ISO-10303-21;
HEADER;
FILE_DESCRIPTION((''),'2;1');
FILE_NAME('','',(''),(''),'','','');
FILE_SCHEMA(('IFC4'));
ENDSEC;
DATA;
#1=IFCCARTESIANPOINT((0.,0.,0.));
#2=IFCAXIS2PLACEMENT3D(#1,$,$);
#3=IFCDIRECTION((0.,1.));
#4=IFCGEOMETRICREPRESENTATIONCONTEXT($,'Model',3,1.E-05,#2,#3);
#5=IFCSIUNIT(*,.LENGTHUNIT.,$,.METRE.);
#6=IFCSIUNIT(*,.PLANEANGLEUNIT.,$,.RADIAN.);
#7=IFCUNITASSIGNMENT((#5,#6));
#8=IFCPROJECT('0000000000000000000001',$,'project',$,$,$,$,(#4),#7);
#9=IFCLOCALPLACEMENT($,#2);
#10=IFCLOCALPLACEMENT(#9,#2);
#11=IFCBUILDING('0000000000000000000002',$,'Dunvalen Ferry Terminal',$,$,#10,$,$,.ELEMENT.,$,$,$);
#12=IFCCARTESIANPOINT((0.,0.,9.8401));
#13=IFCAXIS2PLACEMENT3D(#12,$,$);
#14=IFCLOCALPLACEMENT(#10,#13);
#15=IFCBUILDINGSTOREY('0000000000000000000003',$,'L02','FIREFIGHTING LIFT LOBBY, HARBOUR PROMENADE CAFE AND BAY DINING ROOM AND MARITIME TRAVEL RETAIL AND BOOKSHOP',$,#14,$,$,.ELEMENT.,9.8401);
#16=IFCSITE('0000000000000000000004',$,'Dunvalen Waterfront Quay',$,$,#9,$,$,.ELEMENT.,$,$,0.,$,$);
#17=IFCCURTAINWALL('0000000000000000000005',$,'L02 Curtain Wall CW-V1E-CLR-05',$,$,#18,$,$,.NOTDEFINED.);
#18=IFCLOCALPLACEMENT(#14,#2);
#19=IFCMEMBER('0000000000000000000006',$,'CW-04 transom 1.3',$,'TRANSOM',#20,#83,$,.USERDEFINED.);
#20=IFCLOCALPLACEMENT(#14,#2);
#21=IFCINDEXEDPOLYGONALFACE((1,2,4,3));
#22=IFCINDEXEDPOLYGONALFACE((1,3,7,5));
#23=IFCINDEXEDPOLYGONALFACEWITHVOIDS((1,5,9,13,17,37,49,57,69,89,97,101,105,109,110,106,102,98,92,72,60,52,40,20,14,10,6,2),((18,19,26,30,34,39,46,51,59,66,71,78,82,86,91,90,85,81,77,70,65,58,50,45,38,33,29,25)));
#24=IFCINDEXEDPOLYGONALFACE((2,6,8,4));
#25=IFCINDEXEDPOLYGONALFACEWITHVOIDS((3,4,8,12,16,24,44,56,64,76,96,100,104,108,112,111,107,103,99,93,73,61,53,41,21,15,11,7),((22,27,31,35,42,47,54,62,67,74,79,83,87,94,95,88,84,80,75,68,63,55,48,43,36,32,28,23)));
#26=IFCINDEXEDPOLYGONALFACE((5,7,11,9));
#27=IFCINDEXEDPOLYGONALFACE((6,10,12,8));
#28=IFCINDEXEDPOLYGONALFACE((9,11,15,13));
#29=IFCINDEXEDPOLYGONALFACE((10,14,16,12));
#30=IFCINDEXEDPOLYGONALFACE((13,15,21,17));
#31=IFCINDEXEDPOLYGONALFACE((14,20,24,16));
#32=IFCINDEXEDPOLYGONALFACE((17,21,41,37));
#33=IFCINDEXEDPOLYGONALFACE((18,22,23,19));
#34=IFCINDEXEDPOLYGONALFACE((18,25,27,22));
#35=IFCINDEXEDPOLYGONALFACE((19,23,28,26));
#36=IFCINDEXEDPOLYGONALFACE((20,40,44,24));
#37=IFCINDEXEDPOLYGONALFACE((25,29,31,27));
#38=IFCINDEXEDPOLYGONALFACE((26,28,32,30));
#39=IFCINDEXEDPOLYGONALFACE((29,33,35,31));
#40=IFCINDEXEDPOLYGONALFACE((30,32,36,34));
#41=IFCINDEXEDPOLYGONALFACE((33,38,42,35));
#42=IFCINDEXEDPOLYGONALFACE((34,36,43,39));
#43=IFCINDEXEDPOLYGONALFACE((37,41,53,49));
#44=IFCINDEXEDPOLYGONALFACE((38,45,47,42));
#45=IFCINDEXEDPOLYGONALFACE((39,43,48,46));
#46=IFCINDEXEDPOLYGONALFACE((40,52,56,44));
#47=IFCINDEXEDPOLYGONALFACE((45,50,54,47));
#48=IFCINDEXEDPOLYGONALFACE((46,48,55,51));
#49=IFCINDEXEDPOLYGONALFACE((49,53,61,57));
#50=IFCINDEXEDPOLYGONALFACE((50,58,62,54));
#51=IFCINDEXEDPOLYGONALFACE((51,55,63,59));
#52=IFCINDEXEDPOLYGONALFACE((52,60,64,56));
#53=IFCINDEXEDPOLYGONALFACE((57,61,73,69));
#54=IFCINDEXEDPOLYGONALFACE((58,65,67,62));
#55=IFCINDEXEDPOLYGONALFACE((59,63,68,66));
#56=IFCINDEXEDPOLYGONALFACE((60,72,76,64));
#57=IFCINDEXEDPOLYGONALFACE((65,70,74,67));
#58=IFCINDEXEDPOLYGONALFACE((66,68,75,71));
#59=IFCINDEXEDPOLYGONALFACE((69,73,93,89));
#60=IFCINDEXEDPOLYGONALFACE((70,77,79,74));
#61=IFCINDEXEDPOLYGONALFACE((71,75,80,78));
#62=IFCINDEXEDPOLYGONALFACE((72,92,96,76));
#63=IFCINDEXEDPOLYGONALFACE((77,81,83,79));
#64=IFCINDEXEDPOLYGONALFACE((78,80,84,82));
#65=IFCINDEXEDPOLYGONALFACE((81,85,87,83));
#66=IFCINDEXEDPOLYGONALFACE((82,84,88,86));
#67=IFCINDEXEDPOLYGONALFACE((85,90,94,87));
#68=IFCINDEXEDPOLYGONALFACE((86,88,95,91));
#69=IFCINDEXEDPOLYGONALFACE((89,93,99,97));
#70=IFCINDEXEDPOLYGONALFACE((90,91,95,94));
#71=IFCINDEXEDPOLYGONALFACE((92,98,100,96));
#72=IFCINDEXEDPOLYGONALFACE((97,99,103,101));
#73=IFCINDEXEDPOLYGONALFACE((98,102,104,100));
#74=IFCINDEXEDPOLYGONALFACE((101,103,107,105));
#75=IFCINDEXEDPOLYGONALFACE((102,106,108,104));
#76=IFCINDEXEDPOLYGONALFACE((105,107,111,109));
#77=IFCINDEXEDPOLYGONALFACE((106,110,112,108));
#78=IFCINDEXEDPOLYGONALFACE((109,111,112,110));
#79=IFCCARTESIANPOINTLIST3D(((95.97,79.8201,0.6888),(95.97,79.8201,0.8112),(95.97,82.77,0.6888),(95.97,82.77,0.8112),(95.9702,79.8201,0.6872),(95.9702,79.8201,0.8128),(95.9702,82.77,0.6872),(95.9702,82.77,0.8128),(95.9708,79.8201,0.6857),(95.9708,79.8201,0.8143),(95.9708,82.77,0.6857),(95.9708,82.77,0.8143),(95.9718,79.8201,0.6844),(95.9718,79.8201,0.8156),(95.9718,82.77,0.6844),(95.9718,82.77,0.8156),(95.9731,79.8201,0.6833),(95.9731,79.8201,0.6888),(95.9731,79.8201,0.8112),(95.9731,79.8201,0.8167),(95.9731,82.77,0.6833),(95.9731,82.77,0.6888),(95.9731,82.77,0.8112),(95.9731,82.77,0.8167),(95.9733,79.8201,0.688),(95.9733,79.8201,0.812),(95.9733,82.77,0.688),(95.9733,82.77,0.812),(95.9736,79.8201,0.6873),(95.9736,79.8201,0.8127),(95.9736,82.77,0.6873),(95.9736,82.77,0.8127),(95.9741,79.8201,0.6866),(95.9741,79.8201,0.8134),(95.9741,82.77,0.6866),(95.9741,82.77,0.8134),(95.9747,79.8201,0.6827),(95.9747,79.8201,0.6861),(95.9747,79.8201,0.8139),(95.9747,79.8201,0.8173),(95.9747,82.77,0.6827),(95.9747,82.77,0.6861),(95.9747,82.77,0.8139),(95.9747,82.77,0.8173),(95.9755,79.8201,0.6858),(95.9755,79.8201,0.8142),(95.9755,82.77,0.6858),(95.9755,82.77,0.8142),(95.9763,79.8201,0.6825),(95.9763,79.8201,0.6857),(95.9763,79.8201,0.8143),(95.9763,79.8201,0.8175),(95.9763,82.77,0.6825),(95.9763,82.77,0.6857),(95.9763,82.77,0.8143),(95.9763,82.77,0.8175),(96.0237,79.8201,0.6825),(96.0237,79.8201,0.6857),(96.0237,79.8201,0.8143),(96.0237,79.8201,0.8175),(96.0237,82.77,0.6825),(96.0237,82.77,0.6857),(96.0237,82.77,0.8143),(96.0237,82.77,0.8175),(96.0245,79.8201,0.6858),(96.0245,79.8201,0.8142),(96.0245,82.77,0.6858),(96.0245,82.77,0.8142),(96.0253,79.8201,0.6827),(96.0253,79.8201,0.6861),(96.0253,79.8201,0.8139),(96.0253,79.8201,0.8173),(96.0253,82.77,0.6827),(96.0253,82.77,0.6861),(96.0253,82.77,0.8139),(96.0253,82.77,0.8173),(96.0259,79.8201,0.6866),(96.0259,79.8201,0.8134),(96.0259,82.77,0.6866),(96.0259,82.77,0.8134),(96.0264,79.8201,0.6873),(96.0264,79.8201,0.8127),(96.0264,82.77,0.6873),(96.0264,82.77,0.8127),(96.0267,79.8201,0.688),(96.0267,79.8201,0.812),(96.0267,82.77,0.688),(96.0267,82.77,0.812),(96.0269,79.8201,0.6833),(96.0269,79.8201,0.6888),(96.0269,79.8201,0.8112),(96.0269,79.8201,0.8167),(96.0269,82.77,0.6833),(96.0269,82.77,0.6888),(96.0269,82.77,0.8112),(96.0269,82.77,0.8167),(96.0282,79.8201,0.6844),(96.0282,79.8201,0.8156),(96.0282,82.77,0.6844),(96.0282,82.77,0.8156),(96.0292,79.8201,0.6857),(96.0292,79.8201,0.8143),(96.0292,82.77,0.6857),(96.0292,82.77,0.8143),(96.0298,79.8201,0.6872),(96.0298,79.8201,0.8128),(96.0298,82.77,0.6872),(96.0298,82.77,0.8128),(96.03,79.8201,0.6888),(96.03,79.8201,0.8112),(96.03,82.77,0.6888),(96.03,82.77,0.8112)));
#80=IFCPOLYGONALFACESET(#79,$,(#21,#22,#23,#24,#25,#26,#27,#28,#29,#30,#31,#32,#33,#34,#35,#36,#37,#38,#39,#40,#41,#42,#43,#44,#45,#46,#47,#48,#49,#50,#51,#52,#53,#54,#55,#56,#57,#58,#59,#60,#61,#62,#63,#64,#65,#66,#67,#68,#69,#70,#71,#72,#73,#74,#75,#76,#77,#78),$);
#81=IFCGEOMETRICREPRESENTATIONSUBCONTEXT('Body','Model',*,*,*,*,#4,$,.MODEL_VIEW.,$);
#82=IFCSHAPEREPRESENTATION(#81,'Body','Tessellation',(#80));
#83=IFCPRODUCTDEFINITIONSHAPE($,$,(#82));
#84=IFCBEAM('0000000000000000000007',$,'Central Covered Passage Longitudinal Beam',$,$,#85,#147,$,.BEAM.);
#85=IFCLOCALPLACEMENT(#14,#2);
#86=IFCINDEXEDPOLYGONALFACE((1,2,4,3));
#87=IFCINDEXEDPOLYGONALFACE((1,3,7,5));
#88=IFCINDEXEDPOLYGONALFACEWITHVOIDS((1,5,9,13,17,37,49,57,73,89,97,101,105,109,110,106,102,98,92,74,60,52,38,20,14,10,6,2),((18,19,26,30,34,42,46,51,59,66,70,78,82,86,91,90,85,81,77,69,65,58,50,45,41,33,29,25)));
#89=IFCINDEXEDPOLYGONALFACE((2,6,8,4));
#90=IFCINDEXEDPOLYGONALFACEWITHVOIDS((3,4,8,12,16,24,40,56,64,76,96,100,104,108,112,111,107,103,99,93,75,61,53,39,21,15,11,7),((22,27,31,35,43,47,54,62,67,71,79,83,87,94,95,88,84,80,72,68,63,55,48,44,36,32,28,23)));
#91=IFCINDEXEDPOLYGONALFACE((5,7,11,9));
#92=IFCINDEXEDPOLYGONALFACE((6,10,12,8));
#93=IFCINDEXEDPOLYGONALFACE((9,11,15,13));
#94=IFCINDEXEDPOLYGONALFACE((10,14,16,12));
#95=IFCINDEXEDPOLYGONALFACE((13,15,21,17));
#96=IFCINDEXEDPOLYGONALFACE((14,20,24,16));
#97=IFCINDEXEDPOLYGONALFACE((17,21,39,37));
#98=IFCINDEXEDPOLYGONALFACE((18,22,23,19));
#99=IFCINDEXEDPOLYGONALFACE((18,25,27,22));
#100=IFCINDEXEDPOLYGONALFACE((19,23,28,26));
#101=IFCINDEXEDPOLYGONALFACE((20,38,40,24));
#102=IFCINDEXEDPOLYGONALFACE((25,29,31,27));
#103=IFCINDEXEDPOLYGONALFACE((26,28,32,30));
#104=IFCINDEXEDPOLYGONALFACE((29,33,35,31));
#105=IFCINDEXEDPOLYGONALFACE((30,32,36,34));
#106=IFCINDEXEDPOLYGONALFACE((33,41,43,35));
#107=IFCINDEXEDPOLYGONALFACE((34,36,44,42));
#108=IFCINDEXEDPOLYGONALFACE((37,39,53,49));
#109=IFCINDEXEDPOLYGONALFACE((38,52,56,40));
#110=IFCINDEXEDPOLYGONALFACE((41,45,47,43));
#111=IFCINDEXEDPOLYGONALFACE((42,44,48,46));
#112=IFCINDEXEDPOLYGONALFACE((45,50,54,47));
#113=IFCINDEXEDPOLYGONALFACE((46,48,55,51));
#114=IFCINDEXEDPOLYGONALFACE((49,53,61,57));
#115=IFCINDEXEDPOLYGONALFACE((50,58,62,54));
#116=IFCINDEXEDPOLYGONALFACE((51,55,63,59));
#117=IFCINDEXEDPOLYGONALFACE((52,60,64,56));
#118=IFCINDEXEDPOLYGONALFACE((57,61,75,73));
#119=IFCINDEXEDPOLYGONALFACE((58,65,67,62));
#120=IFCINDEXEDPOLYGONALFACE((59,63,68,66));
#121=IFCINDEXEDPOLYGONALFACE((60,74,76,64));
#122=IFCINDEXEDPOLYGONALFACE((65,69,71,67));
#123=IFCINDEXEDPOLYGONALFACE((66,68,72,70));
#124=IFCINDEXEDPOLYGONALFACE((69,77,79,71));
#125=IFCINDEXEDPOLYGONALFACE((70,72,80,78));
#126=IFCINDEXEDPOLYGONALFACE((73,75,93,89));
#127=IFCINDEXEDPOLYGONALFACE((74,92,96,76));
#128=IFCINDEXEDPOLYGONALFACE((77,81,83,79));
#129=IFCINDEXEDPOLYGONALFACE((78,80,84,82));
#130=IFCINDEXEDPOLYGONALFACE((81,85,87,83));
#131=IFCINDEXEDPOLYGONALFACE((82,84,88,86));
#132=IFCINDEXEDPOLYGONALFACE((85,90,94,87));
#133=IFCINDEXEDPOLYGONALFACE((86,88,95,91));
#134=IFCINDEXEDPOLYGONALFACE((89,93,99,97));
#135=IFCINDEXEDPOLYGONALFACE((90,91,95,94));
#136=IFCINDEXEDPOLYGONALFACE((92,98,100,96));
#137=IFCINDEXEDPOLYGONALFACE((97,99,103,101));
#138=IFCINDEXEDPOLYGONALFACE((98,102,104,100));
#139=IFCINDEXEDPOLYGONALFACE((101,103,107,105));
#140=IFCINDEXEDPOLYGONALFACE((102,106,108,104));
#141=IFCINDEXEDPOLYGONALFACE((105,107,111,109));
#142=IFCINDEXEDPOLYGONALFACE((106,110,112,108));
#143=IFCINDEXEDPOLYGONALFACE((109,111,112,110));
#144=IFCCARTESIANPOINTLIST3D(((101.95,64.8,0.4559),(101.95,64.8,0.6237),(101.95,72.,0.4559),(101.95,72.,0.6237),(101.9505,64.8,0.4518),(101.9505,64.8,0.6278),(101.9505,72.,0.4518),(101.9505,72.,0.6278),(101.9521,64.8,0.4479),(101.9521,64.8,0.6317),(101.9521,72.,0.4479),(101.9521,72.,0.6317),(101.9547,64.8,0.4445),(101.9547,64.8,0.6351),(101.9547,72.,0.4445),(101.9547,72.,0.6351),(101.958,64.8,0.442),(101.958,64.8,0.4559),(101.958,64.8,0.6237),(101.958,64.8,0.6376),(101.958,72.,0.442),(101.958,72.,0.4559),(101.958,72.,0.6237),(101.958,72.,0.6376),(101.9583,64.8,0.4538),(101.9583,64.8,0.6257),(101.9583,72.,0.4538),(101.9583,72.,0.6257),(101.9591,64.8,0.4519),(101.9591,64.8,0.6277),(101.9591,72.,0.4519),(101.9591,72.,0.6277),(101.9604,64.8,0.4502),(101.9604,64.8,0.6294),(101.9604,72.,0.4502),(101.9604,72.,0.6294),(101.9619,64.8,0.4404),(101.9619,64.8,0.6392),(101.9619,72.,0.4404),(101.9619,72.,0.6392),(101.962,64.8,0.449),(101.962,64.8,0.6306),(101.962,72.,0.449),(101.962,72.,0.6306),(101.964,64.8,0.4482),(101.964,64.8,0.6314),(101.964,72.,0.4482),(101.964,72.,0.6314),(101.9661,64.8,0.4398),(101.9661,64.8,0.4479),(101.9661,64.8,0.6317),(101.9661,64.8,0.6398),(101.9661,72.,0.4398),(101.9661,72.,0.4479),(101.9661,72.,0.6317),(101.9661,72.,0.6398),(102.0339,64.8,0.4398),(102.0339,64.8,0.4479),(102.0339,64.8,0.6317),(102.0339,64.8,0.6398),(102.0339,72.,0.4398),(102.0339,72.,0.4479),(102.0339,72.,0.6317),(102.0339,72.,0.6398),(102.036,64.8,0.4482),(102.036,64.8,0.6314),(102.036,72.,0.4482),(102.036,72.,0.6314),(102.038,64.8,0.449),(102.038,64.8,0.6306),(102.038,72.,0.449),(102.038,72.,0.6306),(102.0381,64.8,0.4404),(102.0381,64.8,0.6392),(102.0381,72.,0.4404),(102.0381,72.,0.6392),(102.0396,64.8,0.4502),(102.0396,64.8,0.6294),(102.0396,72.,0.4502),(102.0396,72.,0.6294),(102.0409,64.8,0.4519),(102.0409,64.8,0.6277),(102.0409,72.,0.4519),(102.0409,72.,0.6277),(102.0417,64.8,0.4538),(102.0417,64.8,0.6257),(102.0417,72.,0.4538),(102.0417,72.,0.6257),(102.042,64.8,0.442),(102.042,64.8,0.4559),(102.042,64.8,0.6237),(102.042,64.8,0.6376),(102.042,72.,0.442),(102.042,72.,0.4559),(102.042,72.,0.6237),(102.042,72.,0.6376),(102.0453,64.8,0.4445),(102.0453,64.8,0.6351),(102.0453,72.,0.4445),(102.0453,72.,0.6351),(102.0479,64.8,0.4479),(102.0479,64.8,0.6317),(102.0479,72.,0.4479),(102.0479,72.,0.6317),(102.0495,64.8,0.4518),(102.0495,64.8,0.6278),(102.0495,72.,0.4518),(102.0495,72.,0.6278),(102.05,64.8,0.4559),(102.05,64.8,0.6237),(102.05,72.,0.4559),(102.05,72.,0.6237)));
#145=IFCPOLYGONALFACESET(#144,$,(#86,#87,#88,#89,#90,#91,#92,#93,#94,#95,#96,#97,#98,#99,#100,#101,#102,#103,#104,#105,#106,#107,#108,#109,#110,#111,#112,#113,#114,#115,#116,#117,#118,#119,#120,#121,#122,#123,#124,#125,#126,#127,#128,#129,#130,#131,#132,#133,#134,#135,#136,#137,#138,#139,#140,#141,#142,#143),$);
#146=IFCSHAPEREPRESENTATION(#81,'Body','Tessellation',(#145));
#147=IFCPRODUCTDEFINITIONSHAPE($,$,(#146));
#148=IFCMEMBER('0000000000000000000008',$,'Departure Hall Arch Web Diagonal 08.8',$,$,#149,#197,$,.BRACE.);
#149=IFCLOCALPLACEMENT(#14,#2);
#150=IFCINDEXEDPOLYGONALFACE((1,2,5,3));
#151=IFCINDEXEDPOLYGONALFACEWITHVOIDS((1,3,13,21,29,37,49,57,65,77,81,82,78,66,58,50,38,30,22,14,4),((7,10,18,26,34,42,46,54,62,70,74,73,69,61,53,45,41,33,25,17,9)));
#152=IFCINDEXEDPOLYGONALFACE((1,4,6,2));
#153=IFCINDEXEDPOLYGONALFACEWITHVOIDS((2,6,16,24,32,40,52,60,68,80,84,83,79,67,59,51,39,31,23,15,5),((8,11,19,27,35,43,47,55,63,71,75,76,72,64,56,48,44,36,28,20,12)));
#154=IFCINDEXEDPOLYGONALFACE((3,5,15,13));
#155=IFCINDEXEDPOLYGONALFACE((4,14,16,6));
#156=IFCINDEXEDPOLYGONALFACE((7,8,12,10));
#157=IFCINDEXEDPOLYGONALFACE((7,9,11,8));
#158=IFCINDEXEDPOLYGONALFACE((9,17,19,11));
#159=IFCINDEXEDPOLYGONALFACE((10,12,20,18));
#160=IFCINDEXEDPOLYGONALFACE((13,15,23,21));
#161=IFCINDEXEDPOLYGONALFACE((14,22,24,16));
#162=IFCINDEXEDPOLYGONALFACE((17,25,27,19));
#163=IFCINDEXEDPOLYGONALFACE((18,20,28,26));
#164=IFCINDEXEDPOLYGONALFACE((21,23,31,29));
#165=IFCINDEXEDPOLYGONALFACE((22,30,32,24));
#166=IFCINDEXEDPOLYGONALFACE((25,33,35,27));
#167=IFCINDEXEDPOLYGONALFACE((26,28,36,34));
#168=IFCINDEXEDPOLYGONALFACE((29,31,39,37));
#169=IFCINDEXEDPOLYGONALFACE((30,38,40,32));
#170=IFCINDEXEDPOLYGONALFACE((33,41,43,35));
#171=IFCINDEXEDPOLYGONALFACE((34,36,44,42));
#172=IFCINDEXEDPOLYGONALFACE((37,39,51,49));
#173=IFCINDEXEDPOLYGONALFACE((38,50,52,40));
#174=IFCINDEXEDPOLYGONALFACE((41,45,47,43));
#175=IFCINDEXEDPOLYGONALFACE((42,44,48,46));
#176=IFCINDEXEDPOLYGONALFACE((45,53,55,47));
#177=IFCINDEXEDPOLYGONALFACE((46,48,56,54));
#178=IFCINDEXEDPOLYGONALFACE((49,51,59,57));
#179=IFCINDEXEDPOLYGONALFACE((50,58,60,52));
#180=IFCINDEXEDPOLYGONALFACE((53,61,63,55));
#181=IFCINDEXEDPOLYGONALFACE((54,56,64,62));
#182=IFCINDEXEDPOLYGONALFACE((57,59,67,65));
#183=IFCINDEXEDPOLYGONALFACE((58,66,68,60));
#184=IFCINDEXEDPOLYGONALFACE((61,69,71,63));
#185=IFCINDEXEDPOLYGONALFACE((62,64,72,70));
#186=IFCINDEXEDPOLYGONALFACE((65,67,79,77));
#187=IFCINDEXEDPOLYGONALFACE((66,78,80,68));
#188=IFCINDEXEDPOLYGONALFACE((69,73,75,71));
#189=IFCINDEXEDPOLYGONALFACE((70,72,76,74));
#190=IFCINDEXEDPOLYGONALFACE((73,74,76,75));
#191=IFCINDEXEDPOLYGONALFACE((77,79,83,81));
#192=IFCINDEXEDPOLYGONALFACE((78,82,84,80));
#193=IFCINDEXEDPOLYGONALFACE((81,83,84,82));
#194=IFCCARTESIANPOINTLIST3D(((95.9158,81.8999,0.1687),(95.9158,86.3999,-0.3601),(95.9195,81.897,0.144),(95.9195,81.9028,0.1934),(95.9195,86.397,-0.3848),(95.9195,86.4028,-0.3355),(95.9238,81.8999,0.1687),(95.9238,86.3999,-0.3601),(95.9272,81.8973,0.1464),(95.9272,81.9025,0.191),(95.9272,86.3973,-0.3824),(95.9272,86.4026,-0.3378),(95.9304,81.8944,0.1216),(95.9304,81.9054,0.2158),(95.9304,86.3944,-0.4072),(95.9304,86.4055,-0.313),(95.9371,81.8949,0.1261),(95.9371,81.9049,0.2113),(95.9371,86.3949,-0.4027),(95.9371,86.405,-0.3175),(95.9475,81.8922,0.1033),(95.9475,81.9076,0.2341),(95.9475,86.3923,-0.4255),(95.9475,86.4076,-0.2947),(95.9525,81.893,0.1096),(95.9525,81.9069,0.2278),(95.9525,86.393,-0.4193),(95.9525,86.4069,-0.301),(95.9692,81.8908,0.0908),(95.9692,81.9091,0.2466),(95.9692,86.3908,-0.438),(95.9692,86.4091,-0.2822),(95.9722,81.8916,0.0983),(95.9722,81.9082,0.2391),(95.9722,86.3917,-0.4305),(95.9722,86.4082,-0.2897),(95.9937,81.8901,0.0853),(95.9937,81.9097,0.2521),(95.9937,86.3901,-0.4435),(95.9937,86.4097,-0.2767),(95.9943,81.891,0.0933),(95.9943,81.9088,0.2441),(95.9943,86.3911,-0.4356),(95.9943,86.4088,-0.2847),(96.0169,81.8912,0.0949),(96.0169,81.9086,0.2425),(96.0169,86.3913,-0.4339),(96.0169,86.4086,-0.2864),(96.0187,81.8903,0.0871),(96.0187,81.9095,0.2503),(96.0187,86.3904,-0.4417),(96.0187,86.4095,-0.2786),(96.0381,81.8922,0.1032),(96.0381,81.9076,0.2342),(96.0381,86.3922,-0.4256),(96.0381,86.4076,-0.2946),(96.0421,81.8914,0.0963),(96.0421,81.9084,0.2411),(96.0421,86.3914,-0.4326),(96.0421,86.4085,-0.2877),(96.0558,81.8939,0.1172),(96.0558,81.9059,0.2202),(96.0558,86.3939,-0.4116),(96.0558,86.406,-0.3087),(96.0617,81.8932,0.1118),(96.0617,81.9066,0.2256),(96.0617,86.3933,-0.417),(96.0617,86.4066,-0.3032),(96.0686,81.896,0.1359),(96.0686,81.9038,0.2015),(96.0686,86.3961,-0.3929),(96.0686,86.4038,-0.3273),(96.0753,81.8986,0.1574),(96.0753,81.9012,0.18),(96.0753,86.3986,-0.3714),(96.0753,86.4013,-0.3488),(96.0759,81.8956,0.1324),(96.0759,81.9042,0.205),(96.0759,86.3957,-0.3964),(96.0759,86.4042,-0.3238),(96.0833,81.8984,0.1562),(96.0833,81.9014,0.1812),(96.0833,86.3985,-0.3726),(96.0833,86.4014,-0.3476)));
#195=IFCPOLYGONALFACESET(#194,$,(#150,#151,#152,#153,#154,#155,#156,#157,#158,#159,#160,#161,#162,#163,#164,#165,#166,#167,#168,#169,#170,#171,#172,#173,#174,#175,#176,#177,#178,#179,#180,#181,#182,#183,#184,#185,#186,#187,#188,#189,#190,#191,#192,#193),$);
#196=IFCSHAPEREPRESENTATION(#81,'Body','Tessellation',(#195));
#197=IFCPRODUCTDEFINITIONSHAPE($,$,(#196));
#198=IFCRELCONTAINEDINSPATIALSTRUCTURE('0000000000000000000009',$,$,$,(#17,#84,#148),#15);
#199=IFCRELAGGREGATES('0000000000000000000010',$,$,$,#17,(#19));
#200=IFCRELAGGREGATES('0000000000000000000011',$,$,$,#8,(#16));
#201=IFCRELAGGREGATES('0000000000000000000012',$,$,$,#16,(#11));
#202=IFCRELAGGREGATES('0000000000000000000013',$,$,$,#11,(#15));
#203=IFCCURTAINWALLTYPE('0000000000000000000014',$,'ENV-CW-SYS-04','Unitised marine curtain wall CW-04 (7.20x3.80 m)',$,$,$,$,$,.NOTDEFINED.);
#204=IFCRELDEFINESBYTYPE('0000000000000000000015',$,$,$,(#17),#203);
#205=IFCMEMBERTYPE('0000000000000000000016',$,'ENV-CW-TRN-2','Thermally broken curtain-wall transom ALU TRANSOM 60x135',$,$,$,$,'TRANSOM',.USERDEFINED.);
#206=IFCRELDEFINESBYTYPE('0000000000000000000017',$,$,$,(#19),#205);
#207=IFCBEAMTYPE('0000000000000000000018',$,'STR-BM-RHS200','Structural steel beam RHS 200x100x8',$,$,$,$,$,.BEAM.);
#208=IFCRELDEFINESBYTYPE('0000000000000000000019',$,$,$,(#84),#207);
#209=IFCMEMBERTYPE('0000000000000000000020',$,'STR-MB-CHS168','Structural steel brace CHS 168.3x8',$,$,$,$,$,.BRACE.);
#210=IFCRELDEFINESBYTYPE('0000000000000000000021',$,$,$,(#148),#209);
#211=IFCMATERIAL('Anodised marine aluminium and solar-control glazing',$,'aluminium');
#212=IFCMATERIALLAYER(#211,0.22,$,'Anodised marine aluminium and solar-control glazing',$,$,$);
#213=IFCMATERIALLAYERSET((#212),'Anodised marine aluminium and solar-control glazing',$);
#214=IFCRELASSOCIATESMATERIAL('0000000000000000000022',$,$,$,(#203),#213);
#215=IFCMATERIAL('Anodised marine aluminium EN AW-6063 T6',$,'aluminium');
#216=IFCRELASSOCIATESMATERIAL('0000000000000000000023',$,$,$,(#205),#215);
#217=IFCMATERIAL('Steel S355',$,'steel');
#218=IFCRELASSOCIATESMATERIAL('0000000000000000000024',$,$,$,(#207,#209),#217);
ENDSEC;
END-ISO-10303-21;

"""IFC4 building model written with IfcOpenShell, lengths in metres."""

from ifc_helpers import new_model, si_unit, direction, frame, origin, origin_2d, place, context, subcontext, project, spatial, hollow_rectangle, hollow_circle, extrude, material, layer, layer_set, material_profile, profile_set, type_object, element, aggregate, save


model = new_model("IFC4")

# Units and contexts
model_context = context("Model", 3, precision=1e-05, world=origin(), true_north=direction((0.0, 1.0)))
body_context = subcontext(model_context, "Body", "Model", "MODEL_VIEW")
ifc_project = project(units=[si_unit("LENGTHUNIT", "METRE"), si_unit("PLANEANGLEUNIT", "RADIAN")], contexts=[model_context])

# Site, building, storey
site_placement = place(None, origin())
site = spatial("IfcSite", under=ifc_project, at=site_placement, Name="Dunvalen Waterfront Quay", CompositionType="ELEMENT", RefElevation=0.0)
building_placement = place(site_placement, origin())
building = spatial("IfcBuilding", under=site, at=building_placement, Name="Dunvalen Ferry Terminal", CompositionType="ELEMENT")
storey_placement = place(building_placement, frame((0.0, 0.0, 9.8401)))
storey = spatial("IfcBuildingStorey", under=building, at=storey_placement, Name="L02", Description="FIREFIGHTING LIFT LOBBY, HARBOUR PROMENADE CAFE AND BAY DINING ROOM AND MARITIME TRAVEL RETAIL AND BOOKSHOP", CompositionType="ELEMENT", Elevation=9.8401)

# Shared definitions
ifc_material_1 = material(Name="Anodised marine aluminium and solar-control glazing", Category="aluminium")
ifc_layer_1 = layer(ifc_material_1, 0.22, Name="Anodised marine aluminium and solar-control glazing")
ifc_layer_set_1 = layer_set([ifc_layer_1], Name="Anodised marine aluminium and solar-control glazing")
curtain_wall_type = type_object("IfcCurtainWallType", Name="ENV-CW-SYS-04", Description="Unitised marine curtain wall CW-04 (7.20x3.80 m)", PredefinedType="NOTDEFINED", material=ifc_layer_set_1)
ifc_material_2 = material(Name="Anodised marine aluminium EN AW-6063 T6", Category="aluminium")

# Curtain wall, member
curtain_wall_1_placement = place(storey_placement, origin())
curtain_wall_1 = element("IfcCurtainWall", 1, at=curtain_wall_1_placement, inside=storey, type_object=curtain_wall_type, Name="L02 Curtain Wall CW-V1E-CLR-05", PredefinedType="NOTDEFINED")
ifc_material_profile_1 = material_profile(ifc_material_2, hollow_rectangle(XDim=0.0601, YDim=0.135, WallThickness=0.0032, InnerFilletRadius=0.0032, OuterFilletRadius=0.0063, at=origin_2d()), Name="Anodised marine aluminium EN AW-6063 T6")
ifc_profile_set_1 = profile_set([ifc_material_profile_1], Name="Anodised marine aluminium EN AW-6063 T6")
member_type_1 = type_object("IfcMemberType", Name="ENV-CW-TRN-2", Description="Thermally broken curtain-wall transom ALU TRANSOM 60x135", ElementType="TRANSOM", PredefinedType="USERDEFINED", material=ifc_profile_set_1)
member_1_placement = place(storey_placement, frame((96.0, 79.8201, 0.75), z_axis=(0.0, 1.0, 0.0), x_axis=(-1.0, 0.0, 0.0)))
member_1 = element("IfcMember", 2, at=member_1_placement, type_object=member_type_1, Name="CW-04 transom 1.3", ObjectType="TRANSOM", PredefinedType="USERDEFINED", context=body_context, shape_type="SweptSolid", body=[
    extrude(hollow_rectangle(XDim=0.0601, YDim=0.135, WallThickness=0.0032, InnerFilletRadius=0.0032, OuterFilletRadius=0.0063, at=origin_2d()), origin(), (0.0, 0.0, 1.0), 2.95),
])

# Beam
ifc_material_3 = material(Name="Steel S355", Category="steel")
ifc_material_profile_2 = material_profile(ifc_material_3, hollow_rectangle(XDim=0.1001, YDim=0.2, WallThickness=0.0081, InnerFilletRadius=0.0081, OuterFilletRadius=0.0161, at=origin_2d()), Name="Steel S355")
ifc_profile_set_2 = profile_set([ifc_material_profile_2], Name="Steel S355")
beam_type = type_object("IfcBeamType", Name="STR-BM-RHS200", Description="Structural steel beam RHS 200x100x8", PredefinedType="BEAM", material=ifc_profile_set_2)
beam_placement = place(storey_placement, frame((102.0, 64.8, 0.5398), z_axis=(0.0, 1.0, 0.0), x_axis=(-1.0, 0.0, 0.0)))
element("IfcBeam", 3, at=beam_placement, inside=storey, type_object=beam_type, Name="Central Covered Passage Longitudinal Beam", PredefinedType="BEAM", context=body_context, shape_type="SweptSolid", body=[
    extrude(hollow_rectangle(XDim=0.1001, YDim=0.2, WallThickness=0.0081, InnerFilletRadius=0.0081, OuterFilletRadius=0.0161, at=origin_2d()), origin(), (0.0, 0.0, 1.0), 7.2),
])

# Member
ifc_material_profile_3 = material_profile(ifc_material_3, hollow_circle(Radius=0.0842, WallThickness=0.0081, at=origin_2d()), Name="Steel S355")
ifc_profile_set_3 = profile_set([ifc_material_profile_3], Name="Steel S355")
member_type_2 = type_object("IfcMemberType", Name="STR-MB-CHS168", Description="Structural steel brace CHS 168.3x8", PredefinedType="BRACE", material=ifc_profile_set_3)
member_2_placement = place(storey_placement, frame((96.0, 81.8999, 0.1687), z_axis=(0.0, 0.993166, -0.11671), x_axis=(-1.0, 0.0, 0.0)))
element("IfcMember", 4, at=member_2_placement, inside=storey, type_object=member_type_2, Name="Departure Hall Arch Web Diagonal 08.8", PredefinedType="BRACE", context=body_context, shape_type="SweptSolid", body=[
    extrude(hollow_circle(Radius=0.0842, WallThickness=0.0081, at=origin_2d()), origin(), (0.0, 0.0, 1.0), 4.531),
])

aggregate(curtain_wall_1, [member_1])

save(model, "model.ifc")
